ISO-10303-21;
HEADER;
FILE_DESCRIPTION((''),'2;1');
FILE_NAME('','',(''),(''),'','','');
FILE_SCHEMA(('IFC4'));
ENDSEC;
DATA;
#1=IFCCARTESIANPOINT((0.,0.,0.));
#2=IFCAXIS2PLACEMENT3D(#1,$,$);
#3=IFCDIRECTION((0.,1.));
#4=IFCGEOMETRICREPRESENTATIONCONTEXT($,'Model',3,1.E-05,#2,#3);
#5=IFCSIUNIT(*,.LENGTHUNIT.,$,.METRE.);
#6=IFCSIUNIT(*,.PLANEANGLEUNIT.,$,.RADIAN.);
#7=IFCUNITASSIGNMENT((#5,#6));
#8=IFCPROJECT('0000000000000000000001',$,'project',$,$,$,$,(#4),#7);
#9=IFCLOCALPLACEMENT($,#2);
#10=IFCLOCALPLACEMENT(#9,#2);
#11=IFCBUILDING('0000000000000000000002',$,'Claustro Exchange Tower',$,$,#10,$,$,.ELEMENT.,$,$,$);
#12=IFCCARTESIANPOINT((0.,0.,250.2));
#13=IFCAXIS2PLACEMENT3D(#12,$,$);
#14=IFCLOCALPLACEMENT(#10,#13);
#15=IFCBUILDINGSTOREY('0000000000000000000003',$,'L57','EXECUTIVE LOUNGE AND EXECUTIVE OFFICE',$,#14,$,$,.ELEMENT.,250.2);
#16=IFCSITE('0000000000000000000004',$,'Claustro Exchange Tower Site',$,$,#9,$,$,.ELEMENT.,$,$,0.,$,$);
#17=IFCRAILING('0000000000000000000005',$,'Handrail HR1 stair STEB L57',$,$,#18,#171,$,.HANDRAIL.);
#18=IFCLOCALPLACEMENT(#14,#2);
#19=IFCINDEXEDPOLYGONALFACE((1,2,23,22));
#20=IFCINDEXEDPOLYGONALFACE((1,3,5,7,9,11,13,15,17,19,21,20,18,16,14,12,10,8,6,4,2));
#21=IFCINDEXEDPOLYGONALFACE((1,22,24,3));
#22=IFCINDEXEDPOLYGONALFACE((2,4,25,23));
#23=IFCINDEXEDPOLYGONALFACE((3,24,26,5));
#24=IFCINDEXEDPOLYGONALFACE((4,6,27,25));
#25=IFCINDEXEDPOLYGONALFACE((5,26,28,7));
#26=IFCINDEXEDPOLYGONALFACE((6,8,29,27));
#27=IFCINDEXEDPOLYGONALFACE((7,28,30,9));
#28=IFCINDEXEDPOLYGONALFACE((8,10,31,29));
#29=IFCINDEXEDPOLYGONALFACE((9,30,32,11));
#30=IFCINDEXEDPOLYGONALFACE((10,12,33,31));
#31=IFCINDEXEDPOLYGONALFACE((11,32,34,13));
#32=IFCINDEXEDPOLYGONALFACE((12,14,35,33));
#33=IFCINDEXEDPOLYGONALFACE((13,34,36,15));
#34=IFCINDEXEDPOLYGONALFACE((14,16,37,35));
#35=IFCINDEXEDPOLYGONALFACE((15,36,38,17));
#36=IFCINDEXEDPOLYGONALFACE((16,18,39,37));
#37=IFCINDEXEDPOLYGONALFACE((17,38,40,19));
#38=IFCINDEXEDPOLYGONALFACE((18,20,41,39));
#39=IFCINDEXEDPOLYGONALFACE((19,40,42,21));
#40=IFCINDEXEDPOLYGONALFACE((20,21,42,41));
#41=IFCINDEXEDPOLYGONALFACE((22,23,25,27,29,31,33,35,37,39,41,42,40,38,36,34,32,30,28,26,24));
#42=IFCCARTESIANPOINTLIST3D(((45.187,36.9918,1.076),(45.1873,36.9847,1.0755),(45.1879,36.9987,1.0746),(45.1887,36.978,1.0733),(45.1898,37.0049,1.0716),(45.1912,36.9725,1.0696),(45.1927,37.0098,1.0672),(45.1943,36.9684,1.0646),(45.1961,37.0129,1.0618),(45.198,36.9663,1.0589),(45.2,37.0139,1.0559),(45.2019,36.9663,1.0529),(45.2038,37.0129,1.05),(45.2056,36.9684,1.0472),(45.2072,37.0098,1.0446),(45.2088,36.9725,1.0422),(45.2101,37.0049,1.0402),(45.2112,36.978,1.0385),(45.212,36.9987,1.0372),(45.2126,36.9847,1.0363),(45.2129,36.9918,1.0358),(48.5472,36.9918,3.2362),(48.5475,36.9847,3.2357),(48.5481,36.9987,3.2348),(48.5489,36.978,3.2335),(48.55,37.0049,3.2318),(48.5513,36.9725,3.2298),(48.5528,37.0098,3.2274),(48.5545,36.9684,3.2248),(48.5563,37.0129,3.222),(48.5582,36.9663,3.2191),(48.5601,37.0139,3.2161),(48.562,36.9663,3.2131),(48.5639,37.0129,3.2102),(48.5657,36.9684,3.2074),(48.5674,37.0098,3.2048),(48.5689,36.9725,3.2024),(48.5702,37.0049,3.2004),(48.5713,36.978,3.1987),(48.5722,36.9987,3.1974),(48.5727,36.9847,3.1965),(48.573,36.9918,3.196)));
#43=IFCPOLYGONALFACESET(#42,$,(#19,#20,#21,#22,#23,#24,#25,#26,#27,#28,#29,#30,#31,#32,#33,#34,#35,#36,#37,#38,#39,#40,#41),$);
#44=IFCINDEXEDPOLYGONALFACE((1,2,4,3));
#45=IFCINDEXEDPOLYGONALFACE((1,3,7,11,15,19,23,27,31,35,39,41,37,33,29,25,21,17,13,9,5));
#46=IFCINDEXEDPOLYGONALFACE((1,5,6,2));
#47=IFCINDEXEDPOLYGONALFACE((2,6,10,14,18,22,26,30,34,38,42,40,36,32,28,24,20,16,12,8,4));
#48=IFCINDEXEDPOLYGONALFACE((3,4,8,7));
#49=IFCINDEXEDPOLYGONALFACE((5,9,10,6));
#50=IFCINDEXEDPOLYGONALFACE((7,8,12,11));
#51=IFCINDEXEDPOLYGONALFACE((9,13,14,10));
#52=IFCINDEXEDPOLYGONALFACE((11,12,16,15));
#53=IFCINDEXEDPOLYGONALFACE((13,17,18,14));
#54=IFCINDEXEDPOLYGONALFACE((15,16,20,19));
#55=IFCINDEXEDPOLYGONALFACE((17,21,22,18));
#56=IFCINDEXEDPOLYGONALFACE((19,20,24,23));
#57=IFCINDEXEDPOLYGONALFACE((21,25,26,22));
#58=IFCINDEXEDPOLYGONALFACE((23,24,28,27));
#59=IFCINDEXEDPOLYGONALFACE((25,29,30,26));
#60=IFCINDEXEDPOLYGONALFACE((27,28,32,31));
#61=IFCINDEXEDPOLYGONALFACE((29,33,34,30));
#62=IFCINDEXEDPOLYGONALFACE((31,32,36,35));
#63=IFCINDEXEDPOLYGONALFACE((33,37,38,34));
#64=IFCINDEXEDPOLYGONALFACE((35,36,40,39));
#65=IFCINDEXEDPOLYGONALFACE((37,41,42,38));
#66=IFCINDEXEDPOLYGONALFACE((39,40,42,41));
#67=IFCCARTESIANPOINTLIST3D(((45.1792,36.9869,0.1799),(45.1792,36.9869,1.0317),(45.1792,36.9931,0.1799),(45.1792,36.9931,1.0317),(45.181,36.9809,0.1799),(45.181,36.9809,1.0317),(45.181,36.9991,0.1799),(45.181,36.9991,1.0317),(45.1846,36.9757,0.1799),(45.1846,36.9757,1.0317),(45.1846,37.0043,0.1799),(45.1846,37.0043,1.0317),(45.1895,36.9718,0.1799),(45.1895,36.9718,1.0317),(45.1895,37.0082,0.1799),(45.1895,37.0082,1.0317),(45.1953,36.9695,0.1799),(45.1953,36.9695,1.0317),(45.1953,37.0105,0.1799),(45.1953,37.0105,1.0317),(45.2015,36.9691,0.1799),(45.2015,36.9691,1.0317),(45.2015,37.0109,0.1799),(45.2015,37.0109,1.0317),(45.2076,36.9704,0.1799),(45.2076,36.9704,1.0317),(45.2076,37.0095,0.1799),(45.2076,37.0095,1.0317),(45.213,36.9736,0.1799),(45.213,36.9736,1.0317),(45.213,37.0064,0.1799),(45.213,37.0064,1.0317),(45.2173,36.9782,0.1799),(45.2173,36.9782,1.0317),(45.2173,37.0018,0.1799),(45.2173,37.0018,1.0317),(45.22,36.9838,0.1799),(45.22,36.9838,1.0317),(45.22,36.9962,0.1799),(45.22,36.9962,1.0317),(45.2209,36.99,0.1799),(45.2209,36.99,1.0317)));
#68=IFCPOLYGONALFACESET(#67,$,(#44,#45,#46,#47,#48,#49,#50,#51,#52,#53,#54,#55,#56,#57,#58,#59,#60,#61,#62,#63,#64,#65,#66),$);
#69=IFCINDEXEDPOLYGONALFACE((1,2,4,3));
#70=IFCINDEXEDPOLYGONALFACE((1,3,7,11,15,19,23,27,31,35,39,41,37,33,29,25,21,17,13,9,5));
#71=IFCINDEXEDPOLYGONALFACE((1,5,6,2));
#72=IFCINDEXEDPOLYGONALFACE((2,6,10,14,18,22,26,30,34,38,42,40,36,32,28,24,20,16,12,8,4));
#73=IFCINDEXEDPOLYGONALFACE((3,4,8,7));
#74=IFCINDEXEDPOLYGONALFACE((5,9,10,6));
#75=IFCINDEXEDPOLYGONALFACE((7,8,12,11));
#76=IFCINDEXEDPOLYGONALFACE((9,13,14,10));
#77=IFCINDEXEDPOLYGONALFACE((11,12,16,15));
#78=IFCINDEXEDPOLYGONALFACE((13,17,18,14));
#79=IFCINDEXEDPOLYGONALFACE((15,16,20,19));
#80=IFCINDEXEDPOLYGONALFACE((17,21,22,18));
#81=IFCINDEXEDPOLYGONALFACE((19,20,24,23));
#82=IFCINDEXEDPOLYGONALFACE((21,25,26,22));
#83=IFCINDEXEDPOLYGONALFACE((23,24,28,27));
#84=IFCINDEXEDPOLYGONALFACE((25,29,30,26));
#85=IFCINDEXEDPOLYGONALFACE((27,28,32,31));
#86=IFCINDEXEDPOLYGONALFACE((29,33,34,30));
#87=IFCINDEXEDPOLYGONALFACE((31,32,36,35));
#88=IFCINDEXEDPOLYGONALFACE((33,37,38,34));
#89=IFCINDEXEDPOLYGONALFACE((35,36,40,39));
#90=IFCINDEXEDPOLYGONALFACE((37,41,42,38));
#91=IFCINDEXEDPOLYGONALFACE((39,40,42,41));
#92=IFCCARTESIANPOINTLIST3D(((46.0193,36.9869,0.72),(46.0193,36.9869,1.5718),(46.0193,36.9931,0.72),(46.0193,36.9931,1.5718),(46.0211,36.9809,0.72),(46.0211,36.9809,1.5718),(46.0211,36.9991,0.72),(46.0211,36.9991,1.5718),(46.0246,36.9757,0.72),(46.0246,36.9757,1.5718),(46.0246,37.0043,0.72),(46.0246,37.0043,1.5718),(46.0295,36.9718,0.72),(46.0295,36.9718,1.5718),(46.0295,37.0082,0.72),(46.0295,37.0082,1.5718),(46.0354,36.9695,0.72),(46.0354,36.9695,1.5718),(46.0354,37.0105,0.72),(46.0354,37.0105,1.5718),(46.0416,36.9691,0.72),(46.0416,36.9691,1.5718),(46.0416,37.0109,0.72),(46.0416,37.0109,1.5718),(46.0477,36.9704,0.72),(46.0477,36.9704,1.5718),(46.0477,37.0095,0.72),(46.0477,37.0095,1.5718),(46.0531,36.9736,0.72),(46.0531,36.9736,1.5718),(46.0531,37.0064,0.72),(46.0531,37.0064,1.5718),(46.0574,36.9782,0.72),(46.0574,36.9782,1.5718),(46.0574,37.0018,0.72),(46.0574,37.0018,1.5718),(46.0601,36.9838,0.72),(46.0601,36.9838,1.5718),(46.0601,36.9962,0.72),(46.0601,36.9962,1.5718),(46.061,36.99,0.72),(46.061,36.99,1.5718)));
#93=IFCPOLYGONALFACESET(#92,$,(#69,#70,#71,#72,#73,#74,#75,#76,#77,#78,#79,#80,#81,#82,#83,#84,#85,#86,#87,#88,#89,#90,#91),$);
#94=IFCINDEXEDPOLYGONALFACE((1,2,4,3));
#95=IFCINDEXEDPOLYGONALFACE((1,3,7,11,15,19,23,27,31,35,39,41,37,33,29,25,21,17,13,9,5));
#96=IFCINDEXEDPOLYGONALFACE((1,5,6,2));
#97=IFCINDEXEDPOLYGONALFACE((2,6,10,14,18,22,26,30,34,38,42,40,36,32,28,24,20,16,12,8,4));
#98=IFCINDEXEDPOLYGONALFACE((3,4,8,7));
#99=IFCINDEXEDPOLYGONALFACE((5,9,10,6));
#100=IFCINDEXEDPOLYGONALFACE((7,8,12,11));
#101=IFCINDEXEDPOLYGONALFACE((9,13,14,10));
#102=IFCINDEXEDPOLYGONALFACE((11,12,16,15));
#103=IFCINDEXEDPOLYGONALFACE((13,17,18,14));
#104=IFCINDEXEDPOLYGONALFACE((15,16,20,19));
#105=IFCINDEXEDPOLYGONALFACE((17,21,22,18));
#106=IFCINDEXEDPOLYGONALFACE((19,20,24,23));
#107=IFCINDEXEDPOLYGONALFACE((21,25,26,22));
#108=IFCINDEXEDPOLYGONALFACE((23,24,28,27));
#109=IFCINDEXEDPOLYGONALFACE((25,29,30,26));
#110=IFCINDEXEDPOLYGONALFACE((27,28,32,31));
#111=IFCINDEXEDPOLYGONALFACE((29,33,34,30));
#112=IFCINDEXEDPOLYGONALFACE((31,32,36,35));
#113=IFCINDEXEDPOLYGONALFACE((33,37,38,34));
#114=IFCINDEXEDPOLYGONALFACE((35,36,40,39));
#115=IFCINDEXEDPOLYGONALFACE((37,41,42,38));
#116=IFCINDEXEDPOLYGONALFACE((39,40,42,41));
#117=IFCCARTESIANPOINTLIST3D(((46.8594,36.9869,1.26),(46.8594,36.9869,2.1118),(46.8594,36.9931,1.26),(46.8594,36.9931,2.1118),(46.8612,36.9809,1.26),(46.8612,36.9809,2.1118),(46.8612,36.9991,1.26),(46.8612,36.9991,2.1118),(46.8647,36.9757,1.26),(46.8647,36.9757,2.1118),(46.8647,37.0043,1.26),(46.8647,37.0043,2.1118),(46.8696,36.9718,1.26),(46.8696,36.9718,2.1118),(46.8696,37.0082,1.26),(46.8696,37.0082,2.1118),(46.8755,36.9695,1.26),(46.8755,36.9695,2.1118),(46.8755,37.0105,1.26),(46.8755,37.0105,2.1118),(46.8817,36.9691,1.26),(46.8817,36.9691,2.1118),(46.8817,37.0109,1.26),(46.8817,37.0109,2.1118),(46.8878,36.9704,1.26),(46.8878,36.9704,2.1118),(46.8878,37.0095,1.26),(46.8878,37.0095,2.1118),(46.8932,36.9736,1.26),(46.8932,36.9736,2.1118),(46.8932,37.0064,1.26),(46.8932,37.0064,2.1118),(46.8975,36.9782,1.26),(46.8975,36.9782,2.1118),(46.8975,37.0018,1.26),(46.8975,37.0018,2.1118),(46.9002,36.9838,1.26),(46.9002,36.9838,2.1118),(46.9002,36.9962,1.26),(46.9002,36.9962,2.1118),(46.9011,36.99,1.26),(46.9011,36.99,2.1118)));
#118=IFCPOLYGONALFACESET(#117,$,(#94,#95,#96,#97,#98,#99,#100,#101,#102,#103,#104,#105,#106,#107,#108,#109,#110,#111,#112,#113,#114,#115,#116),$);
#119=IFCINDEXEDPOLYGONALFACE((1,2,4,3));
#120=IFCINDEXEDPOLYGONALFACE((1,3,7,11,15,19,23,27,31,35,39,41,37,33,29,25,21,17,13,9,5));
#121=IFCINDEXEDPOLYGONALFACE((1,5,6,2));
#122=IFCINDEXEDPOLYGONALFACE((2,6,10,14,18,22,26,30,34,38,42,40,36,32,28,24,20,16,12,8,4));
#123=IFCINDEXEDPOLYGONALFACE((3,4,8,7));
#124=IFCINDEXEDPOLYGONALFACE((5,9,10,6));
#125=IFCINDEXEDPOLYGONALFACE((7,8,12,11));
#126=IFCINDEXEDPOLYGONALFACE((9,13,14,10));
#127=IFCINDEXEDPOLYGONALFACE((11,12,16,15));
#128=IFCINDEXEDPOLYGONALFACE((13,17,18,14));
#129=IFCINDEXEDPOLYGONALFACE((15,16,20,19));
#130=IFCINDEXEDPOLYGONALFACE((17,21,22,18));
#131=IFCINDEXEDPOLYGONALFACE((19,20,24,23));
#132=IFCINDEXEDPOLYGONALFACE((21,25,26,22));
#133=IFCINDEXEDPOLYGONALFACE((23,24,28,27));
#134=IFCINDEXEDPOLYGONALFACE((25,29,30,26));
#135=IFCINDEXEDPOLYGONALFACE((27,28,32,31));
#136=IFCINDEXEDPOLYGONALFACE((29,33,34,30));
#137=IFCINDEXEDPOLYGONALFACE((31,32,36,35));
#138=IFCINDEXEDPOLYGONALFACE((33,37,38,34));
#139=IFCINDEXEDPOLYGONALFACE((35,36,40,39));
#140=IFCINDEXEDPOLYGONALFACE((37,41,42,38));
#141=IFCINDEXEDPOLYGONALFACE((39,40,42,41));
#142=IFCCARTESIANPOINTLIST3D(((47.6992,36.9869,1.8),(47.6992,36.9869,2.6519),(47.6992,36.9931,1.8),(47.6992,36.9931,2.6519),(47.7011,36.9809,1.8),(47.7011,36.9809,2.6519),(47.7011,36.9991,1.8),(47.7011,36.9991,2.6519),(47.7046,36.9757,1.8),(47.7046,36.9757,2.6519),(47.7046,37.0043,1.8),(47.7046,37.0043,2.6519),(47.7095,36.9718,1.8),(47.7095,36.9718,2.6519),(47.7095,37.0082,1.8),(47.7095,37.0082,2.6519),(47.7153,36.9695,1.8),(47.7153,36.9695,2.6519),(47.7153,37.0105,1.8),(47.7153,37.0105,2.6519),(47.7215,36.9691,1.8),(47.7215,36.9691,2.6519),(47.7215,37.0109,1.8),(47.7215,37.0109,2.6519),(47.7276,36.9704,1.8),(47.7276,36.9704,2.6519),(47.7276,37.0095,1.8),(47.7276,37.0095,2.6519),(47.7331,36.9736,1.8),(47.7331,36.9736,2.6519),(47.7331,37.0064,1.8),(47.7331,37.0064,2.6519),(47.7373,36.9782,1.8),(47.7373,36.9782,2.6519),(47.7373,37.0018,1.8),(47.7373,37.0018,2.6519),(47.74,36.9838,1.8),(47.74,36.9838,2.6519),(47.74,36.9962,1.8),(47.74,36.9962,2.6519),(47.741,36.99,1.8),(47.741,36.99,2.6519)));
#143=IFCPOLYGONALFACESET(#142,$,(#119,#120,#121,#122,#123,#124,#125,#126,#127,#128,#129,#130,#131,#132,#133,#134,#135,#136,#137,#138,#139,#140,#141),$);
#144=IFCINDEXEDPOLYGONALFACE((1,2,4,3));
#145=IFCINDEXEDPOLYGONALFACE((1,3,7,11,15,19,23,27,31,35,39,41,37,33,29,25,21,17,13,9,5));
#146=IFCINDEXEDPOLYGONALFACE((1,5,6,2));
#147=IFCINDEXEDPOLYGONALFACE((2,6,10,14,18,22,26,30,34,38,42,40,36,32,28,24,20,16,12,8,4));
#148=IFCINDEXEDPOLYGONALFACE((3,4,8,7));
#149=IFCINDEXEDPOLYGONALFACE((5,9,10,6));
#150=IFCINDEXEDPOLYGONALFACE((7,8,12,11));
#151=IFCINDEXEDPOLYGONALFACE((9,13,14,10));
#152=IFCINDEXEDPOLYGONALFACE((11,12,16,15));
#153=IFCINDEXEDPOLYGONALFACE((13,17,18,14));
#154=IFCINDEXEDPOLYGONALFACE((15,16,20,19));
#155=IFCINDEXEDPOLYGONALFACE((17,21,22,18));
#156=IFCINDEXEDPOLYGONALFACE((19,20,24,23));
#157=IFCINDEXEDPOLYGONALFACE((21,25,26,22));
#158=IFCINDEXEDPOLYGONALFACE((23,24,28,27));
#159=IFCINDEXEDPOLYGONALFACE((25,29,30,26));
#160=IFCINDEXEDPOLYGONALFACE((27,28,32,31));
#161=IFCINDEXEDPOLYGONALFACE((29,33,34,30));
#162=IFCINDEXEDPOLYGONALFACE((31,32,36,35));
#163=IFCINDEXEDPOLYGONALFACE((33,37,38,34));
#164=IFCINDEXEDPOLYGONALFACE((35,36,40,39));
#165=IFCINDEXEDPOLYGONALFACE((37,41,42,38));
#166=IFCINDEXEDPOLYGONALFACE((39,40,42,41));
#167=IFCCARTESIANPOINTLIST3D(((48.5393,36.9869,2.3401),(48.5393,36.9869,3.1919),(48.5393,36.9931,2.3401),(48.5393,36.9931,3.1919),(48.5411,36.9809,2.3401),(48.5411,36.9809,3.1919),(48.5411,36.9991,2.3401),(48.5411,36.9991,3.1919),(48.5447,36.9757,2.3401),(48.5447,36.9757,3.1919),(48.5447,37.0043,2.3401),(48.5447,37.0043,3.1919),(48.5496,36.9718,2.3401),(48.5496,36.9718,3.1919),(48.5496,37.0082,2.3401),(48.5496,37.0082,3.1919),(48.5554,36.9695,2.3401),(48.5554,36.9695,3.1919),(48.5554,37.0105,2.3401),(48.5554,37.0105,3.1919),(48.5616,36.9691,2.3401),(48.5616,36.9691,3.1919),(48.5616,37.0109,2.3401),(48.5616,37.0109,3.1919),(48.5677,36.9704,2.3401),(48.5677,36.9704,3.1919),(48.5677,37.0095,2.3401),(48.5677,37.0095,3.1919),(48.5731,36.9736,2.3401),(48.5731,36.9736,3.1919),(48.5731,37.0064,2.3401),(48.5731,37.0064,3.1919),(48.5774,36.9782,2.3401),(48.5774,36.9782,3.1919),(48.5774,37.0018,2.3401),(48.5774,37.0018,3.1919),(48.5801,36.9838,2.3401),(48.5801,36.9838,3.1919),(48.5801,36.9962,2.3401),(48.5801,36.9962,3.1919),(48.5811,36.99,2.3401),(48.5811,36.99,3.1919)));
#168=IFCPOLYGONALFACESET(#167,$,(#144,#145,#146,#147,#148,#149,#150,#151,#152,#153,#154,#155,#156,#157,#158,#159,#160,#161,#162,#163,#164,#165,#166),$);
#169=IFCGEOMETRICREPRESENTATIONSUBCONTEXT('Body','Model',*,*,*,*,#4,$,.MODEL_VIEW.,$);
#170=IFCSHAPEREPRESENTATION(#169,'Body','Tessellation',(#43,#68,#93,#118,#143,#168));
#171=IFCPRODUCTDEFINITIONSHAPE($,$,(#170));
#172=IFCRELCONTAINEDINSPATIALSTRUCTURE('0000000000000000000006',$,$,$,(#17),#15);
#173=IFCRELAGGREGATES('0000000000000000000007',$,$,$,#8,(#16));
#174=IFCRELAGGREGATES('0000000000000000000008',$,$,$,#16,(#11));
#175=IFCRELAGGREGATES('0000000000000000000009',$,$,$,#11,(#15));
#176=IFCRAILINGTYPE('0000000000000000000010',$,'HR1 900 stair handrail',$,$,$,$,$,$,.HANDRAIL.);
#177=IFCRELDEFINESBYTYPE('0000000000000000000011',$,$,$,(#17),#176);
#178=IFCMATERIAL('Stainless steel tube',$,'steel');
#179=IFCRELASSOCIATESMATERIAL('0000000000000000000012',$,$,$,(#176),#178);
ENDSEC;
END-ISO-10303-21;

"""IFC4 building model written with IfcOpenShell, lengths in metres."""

from ifc_helpers import new_model, si_unit, direction, frame, origin, origin_2d, place, context, subcontext, project, spatial, circle, extrude, material, type_object, element, save


model = new_model("IFC4")

# Units and contexts
model_context = context("Model", 3, precision=1e-05, world=origin(), true_north=direction((0.0, 1.0)))
body_context = subcontext(model_context, "Body", "Model", "MODEL_VIEW")
ifc_project = project(units=[si_unit("LENGTHUNIT", "METRE"), si_unit("PLANEANGLEUNIT", "RADIAN")], contexts=[model_context])

# Site, building, storey
site_placement = place(None, origin())
site = spatial("IfcSite", under=ifc_project, at=site_placement, Name="Claustro Exchange Tower Site", CompositionType="ELEMENT", RefElevation=0.0)
building_placement = place(site_placement, origin())
building = spatial("IfcBuilding", under=site, at=building_placement, Name="Claustro Exchange Tower", CompositionType="ELEMENT")
storey_placement = place(building_placement, frame((0.0, 0.0, 250.2)))
storey = spatial("IfcBuildingStorey", under=building, at=storey_placement, Name="L57", Description="EXECUTIVE LOUNGE AND EXECUTIVE OFFICE", CompositionType="ELEMENT", Elevation=250.2)

# Railing
ifc_material_1 = material(Name="Stainless steel tube", Category="steel")
railing_type_1 = type_object("IfcRailingType", Name="HR1 900 stair handrail", PredefinedType="HANDRAIL", material=ifc_material_1)
railing_1_placement = place(storey_placement, frame((45.2, 36.99, 0.1799)))
element("IfcRailing", 1, at=railing_1_placement, inside=storey, type_object=railing_type_1, Name="Handrail HR1 stair STEB L57", PredefinedType="HANDRAIL", context=body_context, shape_type="SweptSolid", body=[
    extrude(circle(Radius=0.0239, at=origin_2d()), frame((0.0, 0.0, 0.876), z_axis=(0.841169, 0.0, 0.540773), x_axis=(0.0, 1.0, 0.0)), (0.0, 0.0, 1.0), 3.9946),
    extrude(circle(Radius=0.021, at=origin_2d()), origin(), (0.0, 0.0, 1.0), 0.8518),
    extrude(circle(Radius=0.021, at=origin_2d()), frame((0.8401, 0.0, 0.54)), (0.0, 0.0, 1.0), 0.8518),
    extrude(circle(Radius=0.021, at=origin_2d()), frame((1.6802, 0.0, 1.0801)), (0.0, 0.0, 1.0), 0.8518),
    extrude(circle(Radius=0.021, at=origin_2d()), frame((2.52, 0.0, 1.6201)), (0.0, 0.0, 1.0), 0.8518),
    extrude(circle(Radius=0.021, at=origin_2d()), frame((3.3601, 0.0, 2.1602)), (0.0, 0.0, 1.0), 0.8518),
])

save(model, "model.ifc")
